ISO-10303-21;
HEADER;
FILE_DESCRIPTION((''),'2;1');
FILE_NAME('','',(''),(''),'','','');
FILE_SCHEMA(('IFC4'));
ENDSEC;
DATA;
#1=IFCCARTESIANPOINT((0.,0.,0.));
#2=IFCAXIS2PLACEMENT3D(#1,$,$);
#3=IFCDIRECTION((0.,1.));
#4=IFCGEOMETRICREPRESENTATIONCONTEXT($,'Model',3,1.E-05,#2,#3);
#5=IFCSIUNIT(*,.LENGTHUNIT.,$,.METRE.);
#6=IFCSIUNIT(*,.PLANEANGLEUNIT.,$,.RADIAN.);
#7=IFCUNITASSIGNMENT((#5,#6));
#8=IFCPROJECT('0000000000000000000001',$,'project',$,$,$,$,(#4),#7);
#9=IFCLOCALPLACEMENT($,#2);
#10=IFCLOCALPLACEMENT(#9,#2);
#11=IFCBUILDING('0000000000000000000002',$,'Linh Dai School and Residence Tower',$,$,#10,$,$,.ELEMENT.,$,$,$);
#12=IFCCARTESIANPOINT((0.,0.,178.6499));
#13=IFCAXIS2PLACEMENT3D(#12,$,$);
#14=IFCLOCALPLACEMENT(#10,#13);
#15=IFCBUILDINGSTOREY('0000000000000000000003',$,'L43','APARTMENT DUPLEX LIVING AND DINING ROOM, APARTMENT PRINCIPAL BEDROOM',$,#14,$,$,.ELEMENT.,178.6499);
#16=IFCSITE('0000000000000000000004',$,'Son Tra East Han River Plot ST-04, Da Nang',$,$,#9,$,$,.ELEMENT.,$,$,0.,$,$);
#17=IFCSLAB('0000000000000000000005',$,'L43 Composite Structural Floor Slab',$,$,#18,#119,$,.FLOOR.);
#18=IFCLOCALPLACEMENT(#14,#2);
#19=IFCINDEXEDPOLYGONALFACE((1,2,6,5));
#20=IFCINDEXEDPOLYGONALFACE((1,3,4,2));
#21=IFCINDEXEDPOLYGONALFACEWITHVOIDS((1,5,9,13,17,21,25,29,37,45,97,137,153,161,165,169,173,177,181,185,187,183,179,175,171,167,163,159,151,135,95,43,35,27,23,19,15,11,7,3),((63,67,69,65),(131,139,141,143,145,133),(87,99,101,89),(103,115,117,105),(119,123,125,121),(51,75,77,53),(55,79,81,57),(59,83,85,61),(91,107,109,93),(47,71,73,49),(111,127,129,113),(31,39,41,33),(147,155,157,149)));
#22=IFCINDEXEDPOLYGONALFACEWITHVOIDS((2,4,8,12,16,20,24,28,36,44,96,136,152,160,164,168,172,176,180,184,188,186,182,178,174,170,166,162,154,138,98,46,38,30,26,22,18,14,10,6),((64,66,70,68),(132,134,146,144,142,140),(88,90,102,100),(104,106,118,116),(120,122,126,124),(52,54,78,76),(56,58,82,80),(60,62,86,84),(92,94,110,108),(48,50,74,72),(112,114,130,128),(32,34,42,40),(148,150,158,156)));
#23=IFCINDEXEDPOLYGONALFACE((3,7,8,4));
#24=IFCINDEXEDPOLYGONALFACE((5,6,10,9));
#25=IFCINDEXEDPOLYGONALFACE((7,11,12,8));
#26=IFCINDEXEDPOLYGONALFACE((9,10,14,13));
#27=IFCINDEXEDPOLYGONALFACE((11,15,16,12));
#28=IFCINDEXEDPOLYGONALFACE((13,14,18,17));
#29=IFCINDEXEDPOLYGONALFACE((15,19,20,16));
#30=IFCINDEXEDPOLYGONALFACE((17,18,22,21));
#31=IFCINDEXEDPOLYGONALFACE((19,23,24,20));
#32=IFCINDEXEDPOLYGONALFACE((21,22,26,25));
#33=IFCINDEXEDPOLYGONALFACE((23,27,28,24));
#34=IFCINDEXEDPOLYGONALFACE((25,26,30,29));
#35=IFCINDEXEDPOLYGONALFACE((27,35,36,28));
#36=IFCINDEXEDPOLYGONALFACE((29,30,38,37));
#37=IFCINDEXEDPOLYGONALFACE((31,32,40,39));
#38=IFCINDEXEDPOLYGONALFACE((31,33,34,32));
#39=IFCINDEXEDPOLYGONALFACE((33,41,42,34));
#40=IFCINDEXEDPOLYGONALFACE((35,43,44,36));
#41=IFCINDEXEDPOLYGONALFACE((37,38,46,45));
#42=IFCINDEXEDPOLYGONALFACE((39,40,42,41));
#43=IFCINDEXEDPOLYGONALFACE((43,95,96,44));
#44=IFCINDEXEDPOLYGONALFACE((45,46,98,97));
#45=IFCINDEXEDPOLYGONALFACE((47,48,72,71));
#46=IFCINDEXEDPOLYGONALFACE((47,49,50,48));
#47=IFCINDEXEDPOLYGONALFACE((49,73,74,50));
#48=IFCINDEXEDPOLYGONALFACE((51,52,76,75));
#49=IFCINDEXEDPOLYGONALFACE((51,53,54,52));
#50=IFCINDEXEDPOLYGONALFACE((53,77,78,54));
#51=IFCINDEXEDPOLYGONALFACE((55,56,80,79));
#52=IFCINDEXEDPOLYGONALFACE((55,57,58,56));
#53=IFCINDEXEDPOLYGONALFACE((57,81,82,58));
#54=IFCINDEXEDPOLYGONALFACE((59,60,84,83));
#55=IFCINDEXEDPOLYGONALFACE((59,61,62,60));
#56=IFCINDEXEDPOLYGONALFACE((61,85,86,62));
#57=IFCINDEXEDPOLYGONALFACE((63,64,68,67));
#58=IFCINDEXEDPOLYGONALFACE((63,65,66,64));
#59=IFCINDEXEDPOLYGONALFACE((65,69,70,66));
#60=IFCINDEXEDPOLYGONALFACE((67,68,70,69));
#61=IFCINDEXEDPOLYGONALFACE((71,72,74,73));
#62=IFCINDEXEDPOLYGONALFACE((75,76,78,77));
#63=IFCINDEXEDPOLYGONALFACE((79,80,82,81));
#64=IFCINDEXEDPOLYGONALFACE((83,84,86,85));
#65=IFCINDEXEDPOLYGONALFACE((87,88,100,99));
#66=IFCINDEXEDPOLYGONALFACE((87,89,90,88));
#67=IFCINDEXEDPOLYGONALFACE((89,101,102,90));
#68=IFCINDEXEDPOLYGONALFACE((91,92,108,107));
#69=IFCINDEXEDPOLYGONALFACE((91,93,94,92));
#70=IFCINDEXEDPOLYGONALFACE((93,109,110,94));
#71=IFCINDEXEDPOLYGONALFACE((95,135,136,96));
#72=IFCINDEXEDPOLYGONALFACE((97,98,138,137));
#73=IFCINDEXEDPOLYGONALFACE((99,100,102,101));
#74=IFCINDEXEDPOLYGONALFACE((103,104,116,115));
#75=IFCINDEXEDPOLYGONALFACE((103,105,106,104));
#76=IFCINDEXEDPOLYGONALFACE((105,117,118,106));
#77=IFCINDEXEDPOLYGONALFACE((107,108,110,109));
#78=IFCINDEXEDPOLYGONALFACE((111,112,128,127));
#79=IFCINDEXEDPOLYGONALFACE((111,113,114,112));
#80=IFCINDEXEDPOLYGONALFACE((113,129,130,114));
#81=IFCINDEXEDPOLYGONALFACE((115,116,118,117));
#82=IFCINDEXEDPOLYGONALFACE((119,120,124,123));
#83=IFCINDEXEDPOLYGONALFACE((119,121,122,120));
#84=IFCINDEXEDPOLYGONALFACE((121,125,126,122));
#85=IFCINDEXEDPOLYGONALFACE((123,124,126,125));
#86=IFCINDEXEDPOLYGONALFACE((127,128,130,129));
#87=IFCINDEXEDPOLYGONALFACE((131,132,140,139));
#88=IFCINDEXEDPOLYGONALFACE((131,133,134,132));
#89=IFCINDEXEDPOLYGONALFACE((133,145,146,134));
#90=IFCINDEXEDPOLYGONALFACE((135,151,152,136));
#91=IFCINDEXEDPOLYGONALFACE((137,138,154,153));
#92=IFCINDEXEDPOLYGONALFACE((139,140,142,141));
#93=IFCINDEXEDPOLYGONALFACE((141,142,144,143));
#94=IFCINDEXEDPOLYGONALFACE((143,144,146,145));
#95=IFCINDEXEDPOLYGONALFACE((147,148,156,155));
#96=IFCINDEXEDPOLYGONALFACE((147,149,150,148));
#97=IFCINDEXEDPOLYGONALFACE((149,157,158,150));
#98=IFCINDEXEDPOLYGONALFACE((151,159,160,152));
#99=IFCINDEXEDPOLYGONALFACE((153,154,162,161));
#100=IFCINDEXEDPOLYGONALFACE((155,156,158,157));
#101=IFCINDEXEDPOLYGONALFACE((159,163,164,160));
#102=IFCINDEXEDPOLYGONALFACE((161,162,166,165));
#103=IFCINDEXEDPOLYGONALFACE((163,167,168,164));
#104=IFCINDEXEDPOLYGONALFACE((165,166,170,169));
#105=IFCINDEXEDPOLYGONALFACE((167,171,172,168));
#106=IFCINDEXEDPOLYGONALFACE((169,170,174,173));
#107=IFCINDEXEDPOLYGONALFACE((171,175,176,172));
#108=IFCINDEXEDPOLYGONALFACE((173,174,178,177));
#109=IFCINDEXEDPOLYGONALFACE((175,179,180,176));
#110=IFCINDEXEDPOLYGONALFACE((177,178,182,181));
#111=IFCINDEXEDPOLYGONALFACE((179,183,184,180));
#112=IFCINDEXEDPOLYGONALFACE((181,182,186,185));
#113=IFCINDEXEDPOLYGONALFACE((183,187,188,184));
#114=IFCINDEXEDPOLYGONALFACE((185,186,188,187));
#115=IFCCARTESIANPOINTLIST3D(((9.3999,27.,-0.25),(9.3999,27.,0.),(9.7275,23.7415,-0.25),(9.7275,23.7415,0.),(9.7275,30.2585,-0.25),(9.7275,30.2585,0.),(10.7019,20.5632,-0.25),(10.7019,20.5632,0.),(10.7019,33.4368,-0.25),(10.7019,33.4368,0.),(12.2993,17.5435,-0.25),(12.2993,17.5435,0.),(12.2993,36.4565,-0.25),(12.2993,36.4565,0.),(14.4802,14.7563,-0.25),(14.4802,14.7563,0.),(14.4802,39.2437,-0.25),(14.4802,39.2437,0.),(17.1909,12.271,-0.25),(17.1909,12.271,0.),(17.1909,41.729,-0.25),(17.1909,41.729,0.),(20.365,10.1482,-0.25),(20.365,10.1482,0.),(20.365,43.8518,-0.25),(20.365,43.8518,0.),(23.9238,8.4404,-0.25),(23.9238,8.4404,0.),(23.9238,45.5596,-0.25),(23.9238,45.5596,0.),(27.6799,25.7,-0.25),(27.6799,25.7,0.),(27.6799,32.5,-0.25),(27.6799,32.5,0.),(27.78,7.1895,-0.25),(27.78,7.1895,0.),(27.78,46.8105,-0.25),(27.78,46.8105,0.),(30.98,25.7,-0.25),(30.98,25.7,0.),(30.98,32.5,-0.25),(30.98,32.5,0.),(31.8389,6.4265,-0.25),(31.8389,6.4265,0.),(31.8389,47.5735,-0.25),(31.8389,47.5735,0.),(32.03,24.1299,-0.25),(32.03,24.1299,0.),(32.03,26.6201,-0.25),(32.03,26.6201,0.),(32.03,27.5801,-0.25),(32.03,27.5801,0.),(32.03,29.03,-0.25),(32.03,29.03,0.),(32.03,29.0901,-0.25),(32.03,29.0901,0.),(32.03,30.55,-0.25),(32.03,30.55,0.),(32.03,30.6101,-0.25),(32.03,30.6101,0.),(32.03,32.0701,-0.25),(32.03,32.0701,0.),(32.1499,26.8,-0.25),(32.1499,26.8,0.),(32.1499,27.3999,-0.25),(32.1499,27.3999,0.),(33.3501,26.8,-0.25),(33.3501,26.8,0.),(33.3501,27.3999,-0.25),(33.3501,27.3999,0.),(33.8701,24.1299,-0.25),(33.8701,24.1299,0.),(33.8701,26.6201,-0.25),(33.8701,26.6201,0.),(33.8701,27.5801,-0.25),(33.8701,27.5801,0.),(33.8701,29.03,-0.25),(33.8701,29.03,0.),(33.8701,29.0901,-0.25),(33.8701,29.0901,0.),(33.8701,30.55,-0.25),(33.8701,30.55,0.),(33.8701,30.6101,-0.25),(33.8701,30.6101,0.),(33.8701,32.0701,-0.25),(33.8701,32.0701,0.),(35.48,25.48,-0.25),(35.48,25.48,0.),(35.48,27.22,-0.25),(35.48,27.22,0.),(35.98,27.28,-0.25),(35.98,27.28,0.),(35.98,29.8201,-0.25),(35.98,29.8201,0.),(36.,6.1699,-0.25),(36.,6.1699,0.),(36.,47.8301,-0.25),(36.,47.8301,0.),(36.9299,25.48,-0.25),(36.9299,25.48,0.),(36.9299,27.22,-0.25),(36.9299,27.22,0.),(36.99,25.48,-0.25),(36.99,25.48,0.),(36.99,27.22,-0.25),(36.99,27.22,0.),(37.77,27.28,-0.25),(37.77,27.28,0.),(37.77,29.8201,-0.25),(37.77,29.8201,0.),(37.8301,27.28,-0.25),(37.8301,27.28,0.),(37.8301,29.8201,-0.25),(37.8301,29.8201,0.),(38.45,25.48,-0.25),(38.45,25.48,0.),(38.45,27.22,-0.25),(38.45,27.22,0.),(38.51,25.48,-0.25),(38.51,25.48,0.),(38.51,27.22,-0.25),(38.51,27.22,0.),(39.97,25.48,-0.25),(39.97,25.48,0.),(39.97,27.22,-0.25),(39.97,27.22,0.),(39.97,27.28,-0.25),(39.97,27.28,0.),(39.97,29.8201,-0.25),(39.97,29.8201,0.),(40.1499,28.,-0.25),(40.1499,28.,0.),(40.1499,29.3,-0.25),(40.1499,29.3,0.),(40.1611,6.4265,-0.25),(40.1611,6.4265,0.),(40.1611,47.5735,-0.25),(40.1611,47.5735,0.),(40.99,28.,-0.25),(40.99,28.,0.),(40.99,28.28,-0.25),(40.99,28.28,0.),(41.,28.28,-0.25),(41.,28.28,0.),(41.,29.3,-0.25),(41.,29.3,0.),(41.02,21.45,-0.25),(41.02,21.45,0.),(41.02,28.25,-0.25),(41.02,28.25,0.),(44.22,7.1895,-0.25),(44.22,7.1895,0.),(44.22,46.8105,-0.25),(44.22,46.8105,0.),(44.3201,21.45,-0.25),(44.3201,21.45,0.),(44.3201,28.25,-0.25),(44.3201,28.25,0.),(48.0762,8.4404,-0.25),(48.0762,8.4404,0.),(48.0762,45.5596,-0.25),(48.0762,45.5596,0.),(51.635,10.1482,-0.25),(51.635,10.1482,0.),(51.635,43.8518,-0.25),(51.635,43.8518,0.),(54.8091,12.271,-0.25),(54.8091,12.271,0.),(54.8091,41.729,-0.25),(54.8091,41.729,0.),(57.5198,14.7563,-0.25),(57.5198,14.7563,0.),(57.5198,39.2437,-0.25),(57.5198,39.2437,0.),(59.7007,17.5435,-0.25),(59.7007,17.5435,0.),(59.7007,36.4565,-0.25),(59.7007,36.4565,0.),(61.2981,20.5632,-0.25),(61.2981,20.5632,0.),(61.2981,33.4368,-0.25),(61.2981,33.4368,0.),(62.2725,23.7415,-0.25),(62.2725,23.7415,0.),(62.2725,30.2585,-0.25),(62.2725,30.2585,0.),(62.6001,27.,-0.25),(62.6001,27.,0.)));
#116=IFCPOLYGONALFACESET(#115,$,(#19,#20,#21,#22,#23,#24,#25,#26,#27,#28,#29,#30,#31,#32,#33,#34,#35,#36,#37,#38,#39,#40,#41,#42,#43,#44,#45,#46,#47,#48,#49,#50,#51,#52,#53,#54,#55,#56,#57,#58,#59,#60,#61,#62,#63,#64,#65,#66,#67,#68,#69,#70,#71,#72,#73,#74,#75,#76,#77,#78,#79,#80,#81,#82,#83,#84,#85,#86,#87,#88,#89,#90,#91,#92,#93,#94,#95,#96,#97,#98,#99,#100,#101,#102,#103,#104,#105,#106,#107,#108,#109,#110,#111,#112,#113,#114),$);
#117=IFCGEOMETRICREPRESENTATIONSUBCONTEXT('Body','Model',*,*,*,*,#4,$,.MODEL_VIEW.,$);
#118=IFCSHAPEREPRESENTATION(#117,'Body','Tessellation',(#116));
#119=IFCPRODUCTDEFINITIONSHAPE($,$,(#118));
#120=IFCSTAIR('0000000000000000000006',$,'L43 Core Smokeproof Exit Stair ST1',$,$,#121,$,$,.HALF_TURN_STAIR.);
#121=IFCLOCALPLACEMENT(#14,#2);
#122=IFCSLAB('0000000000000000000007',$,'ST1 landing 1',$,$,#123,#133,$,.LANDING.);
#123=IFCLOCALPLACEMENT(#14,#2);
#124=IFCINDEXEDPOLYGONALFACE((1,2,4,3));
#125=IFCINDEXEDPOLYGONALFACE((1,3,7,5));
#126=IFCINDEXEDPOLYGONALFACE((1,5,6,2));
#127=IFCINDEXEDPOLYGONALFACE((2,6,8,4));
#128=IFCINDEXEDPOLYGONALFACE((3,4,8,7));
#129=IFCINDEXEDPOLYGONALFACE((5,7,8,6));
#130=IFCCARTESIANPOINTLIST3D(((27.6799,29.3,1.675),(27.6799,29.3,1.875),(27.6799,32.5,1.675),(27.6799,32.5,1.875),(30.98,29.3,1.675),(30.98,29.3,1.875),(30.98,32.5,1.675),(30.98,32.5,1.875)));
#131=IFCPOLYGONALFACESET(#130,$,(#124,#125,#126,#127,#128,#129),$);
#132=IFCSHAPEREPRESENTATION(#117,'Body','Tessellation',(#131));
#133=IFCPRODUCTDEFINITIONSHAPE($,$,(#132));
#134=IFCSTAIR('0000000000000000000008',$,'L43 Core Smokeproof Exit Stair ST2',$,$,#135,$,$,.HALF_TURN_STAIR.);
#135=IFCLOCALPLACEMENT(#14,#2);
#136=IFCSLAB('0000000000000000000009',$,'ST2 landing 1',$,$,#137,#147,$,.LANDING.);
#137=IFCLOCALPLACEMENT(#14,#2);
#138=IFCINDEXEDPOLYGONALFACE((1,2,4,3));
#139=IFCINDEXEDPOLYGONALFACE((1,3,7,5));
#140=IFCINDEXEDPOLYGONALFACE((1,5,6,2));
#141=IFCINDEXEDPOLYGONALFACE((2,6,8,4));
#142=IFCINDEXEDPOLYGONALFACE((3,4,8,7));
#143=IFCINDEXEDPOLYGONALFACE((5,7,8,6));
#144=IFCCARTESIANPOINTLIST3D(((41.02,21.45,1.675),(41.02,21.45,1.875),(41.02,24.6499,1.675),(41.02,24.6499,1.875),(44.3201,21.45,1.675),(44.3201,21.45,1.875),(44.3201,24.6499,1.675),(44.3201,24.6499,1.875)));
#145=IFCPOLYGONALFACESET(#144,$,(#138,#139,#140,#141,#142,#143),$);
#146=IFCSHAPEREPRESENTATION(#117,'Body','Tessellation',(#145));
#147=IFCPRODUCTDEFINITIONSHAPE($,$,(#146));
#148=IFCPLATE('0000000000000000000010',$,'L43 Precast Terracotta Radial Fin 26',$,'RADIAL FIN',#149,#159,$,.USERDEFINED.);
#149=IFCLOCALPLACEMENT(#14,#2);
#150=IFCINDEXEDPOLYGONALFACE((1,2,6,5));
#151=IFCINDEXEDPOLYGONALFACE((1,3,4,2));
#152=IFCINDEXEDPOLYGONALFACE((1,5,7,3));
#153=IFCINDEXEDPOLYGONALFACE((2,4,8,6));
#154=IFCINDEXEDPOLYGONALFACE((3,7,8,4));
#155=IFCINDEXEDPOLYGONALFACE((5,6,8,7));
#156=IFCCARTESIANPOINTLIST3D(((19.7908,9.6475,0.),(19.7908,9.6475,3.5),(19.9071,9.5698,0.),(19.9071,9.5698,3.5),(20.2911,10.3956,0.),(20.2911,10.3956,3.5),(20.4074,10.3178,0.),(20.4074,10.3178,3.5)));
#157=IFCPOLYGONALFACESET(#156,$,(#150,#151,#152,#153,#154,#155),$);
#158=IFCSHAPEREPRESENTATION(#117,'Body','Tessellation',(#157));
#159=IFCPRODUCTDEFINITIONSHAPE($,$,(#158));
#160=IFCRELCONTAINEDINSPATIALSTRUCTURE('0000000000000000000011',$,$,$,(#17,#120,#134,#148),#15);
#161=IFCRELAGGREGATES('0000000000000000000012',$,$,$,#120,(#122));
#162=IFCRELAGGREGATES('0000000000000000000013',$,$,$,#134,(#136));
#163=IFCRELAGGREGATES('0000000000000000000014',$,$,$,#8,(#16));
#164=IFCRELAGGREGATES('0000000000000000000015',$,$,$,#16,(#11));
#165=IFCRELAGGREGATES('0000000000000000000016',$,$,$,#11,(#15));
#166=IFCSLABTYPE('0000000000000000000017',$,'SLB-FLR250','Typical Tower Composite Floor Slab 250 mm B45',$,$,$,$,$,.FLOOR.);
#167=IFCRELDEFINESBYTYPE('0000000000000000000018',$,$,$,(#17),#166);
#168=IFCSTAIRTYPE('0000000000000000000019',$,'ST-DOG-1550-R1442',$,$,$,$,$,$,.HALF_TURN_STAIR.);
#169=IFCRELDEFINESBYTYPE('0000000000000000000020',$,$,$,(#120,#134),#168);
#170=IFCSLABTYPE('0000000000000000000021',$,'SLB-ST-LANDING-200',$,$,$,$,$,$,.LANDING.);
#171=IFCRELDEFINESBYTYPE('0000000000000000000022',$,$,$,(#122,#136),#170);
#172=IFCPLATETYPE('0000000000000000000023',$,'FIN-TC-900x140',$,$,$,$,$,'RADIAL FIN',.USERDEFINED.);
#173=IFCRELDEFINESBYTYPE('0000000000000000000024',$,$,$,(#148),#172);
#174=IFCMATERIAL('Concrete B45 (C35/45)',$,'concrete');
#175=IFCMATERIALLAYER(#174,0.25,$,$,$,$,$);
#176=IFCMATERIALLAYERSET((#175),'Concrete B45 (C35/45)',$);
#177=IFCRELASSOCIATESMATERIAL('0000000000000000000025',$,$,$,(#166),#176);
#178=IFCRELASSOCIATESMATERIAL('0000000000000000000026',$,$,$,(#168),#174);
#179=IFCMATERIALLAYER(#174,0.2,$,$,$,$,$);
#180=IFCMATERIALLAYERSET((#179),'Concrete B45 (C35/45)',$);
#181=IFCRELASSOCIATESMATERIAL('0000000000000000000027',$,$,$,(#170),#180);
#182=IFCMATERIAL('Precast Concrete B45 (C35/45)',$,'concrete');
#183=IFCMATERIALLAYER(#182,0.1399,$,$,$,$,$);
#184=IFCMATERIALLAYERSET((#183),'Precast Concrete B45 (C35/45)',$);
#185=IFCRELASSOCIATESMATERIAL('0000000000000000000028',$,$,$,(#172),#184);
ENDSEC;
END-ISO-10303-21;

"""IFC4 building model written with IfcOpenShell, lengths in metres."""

from ifc_helpers import new_model, si_unit, direction, frame, origin, origin_2d, place, context, subcontext, project, spatial, polyline, rectangle, outline, extrude, source, transform, mapped, material, layer, layer_set, type_object, element, aggregate, save


model = new_model("IFC4")

# Units and contexts
model_context = context("Model", 3, precision=1e-05, world=origin(), true_north=direction((0.0, 1.0)))
body_context = subcontext(model_context, "Body", "Model", "MODEL_VIEW")
ifc_project = project(units=[si_unit("LENGTHUNIT", "METRE"), si_unit("PLANEANGLEUNIT", "RADIAN")], contexts=[model_context])

# Site, building, storey
site_placement = place(None, origin())
site = spatial("IfcSite", under=ifc_project, at=site_placement, Name="Son Tra East Han River Plot ST-04, Da Nang", CompositionType="ELEMENT", RefElevation=0.0)
building_placement = place(site_placement, origin())
building = spatial("IfcBuilding", under=site, at=building_placement, Name="Linh Dai School and Residence Tower", CompositionType="ELEMENT")
storey_placement = place(building_placement, frame((0.0, 0.0, 178.6499)))
storey = spatial("IfcBuildingStorey", under=building, at=storey_placement, Name="L43", Description="APARTMENT DUPLEX LIVING AND DINING ROOM, APARTMENT PRINCIPAL BEDROOM", CompositionType="ELEMENT", Elevation=178.6499)

# Slab
ifc_material_1 = material(Name="Concrete B45 (C35/45)", Category="concrete")
ifc_layer_1 = layer(ifc_material_1, 0.25)
ifc_layer_set_1 = layer_set([ifc_layer_1], Name="Concrete B45 (C35/45)")
slab_type_1 = type_object("IfcSlabType", Name="SLB-FLR250", Description="Typical Tower Composite Floor Slab 250 mm B45", PredefinedType="FLOOR", material=ifc_layer_set_1)
slab_1_placement = place(storey_placement, frame((0.0, 0.0, -0.25)))
element("IfcSlab", 1, at=slab_1_placement, inside=storey, type_object=slab_type_1, Name="L43 Composite Structural Floor Slab", PredefinedType="FLOOR", context=body_context, shape_type="SweptSolid", body=[
    extrude(outline(polyline([(62.6001, 27.0), (62.2725, 30.2585), (61.2981, 33.4368), (59.7007, 36.4565), (57.5198, 39.2437), (54.8091, 41.729), (51.635, 43.8518), (48.0762, 45.5596), (44.22, 46.8105), (40.1611, 47.5735), (36.0, 47.8301), (31.8389, 47.5735), (27.78, 46.8105), (23.9238, 45.5596), (20.365, 43.8518), (17.1909, 41.729), (14.4802, 39.2437), (12.2993, 36.4565), (10.7019, 33.4368), (9.7275, 30.2585), (9.3999, 27.0), (9.7275, 23.7415), (10.7019, 20.5632), (12.2993, 17.5435), (14.4802, 14.7563), (17.1909, 12.271), (20.365, 10.1482), (23.9238, 8.4404), (27.78, 7.1895), (31.8389, 6.4265), (36.0, 6.1699), (40.1611, 6.4265), (44.22, 7.1895), (48.0762, 8.4404), (51.635, 10.1482), (54.8091, 12.271), (57.5198, 14.7563), (59.7007, 17.5435), (61.2981, 20.5632), (62.2725, 23.7415), (62.6001, 27.0)]), holes=[polyline([(30.98, 25.7), (30.98, 32.5), (27.6799, 32.5), (27.6799, 25.7), (30.98, 25.7)]), polyline([(41.02, 28.25), (41.02, 21.45), (44.3201, 21.45), (44.3201, 28.25), (41.02, 28.25)]), polyline([(35.98, 27.28), (37.77, 27.28), (37.77, 29.8201), (35.98, 29.8201), (35.98, 27.28)]), polyline([(32.03, 24.1299), (33.8701, 24.1299), (33.8701, 26.6201), (32.03, 26.6201), (32.03, 24.1299)]), polyline([(37.8301, 27.28), (39.97, 27.28), (39.97, 29.8201), (37.8301, 29.8201), (37.8301, 27.28)]), polyline([(32.03, 27.5801), (33.8701, 27.5801), (33.8701, 29.03), (32.03, 29.03), (32.03, 27.5801)]), polyline([(32.03, 29.0901), (33.8701, 29.0901), (33.8701, 30.55), (32.03, 30.55), (32.03, 29.0901)]), polyline([(32.03, 30.6101), (33.8701, 30.6101), (33.8701, 32.0701), (32.03, 32.0701), (32.03, 30.6101)]), polyline([(35.48, 25.48), (36.9299, 25.48), (36.9299, 27.22), (35.48, 27.22), (35.48, 25.48)]), polyline([(36.99, 25.48), (38.45, 25.48), (38.45, 27.22), (36.99, 27.22), (36.99, 25.48)]), polyline([(38.51, 25.48), (39.97, 25.48), (39.97, 27.22), (38.51, 27.22), (38.51, 25.48)]), polyline([(40.1499, 28.0), (40.1499, 29.3), (41.0, 29.3), (41.0, 28.28), (40.99, 28.28), (40.99, 28.0), (40.1499, 28.0)]), polyline([(32.1499, 26.8), (33.3501, 26.8), (33.3501, 27.3999), (32.1499, 27.3999), (32.1499, 26.8)])]), origin(), (0.0, 0.0, 1.0), 0.25),
])

# Stairs, slabs
stair_type = type_object("IfcStairType", Name="ST-DOG-1550-R1442", PredefinedType="HALF_TURN_STAIR", material=ifc_material_1)
stair_1_placement = place(storey_placement, origin())
stair_1 = element("IfcStair", 2, at=stair_1_placement, inside=storey, type_object=stair_type, Name="L43 Core Smokeproof Exit Stair ST1", PredefinedType="HALF_TURN_STAIR")
ifc_layer_2 = layer(ifc_material_1, 0.2)
ifc_layer_set_2 = layer_set([ifc_layer_2], Name="Concrete B45 (C35/45)")
slab_type_2 = type_object("IfcSlabType", Name="SLB-ST-LANDING-200", PredefinedType="LANDING", material=ifc_layer_set_2)
slab_2_placement = place(storey_placement, frame((0.0, 0.0, 1.675)))
slab_2 = element("IfcSlab", 3, at=slab_2_placement, type_object=slab_type_2, Name="ST1 landing 1", PredefinedType="LANDING", context=body_context, shape_type="SweptSolid", body=[
    extrude(outline(polyline([(30.98, 29.3), (30.98, 32.5), (27.6799, 32.5), (27.6799, 29.3), (30.98, 29.3)])), origin(), (0.0, 0.0, 1.0), 0.2),
])
aggregate(stair_1, [slab_2])
stair_2_placement = place(storey_placement, origin())
stair_2 = element("IfcStair", 4, at=stair_2_placement, inside=storey, type_object=stair_type, Name="L43 Core Smokeproof Exit Stair ST2", PredefinedType="HALF_TURN_STAIR")
slab_3_placement = place(storey_placement, frame((0.0, 0.0, 1.675)))
slab_3 = element("IfcSlab", 5, at=slab_3_placement, type_object=slab_type_2, Name="ST2 landing 1", PredefinedType="LANDING", context=body_context, shape_type="SweptSolid", body=[
    extrude(outline(polyline([(41.02, 24.6499), (41.02, 21.45), (44.3201, 21.45), (44.3201, 24.6499), (41.02, 24.6499)])), origin(), (0.0, 0.0, 1.0), 0.2),
])
aggregate(stair_2, [slab_3])

# Plate
ifc_material_2 = material(Name="Precast Concrete B45 (C35/45)", Category="concrete")
ifc_layer_3 = layer(ifc_material_2, 0.1399)
ifc_layer_set_3 = layer_set([ifc_layer_3], Name="Precast Concrete B45 (C35/45)")
plate_type = type_object("IfcPlateType", Name="FIN-TC-900x140", ElementType="RADIAL FIN", PredefinedType="USERDEFINED", material=ifc_layer_set_3)
shared_shape_1 = source(origin(), body_context, "Body", "SweptSolid", [
    extrude(rectangle(XDim=0.8999, YDim=0.1399, at=origin_2d()), origin(), (0.0, 0.0, 1.0), 3.5),
])
plate_placement = place(storey_placement, frame((20.0991, 9.9827, 0.0), z_axis=(0.0, 0.0, 1.0), x_axis=(-0.555931, -0.831228, 0.0)))
element("IfcPlate", 6, at=plate_placement, inside=storey, type_object=plate_type, Name="L43 Precast Terracotta Radial Fin 26", ObjectType="RADIAL FIN", PredefinedType="USERDEFINED", context=body_context, shape_type="MappedRepresentation", body=[
    mapped(shared_shape_1, transform((0.0, 0.0, 0.0), x_axis=(1.0, 0.0, 0.0), y_axis=(0.0, 1.0, 0.0), z_axis=(0.0, 0.0, 1.0), scale=1.0)),
])

save(model, "model.ifc")
